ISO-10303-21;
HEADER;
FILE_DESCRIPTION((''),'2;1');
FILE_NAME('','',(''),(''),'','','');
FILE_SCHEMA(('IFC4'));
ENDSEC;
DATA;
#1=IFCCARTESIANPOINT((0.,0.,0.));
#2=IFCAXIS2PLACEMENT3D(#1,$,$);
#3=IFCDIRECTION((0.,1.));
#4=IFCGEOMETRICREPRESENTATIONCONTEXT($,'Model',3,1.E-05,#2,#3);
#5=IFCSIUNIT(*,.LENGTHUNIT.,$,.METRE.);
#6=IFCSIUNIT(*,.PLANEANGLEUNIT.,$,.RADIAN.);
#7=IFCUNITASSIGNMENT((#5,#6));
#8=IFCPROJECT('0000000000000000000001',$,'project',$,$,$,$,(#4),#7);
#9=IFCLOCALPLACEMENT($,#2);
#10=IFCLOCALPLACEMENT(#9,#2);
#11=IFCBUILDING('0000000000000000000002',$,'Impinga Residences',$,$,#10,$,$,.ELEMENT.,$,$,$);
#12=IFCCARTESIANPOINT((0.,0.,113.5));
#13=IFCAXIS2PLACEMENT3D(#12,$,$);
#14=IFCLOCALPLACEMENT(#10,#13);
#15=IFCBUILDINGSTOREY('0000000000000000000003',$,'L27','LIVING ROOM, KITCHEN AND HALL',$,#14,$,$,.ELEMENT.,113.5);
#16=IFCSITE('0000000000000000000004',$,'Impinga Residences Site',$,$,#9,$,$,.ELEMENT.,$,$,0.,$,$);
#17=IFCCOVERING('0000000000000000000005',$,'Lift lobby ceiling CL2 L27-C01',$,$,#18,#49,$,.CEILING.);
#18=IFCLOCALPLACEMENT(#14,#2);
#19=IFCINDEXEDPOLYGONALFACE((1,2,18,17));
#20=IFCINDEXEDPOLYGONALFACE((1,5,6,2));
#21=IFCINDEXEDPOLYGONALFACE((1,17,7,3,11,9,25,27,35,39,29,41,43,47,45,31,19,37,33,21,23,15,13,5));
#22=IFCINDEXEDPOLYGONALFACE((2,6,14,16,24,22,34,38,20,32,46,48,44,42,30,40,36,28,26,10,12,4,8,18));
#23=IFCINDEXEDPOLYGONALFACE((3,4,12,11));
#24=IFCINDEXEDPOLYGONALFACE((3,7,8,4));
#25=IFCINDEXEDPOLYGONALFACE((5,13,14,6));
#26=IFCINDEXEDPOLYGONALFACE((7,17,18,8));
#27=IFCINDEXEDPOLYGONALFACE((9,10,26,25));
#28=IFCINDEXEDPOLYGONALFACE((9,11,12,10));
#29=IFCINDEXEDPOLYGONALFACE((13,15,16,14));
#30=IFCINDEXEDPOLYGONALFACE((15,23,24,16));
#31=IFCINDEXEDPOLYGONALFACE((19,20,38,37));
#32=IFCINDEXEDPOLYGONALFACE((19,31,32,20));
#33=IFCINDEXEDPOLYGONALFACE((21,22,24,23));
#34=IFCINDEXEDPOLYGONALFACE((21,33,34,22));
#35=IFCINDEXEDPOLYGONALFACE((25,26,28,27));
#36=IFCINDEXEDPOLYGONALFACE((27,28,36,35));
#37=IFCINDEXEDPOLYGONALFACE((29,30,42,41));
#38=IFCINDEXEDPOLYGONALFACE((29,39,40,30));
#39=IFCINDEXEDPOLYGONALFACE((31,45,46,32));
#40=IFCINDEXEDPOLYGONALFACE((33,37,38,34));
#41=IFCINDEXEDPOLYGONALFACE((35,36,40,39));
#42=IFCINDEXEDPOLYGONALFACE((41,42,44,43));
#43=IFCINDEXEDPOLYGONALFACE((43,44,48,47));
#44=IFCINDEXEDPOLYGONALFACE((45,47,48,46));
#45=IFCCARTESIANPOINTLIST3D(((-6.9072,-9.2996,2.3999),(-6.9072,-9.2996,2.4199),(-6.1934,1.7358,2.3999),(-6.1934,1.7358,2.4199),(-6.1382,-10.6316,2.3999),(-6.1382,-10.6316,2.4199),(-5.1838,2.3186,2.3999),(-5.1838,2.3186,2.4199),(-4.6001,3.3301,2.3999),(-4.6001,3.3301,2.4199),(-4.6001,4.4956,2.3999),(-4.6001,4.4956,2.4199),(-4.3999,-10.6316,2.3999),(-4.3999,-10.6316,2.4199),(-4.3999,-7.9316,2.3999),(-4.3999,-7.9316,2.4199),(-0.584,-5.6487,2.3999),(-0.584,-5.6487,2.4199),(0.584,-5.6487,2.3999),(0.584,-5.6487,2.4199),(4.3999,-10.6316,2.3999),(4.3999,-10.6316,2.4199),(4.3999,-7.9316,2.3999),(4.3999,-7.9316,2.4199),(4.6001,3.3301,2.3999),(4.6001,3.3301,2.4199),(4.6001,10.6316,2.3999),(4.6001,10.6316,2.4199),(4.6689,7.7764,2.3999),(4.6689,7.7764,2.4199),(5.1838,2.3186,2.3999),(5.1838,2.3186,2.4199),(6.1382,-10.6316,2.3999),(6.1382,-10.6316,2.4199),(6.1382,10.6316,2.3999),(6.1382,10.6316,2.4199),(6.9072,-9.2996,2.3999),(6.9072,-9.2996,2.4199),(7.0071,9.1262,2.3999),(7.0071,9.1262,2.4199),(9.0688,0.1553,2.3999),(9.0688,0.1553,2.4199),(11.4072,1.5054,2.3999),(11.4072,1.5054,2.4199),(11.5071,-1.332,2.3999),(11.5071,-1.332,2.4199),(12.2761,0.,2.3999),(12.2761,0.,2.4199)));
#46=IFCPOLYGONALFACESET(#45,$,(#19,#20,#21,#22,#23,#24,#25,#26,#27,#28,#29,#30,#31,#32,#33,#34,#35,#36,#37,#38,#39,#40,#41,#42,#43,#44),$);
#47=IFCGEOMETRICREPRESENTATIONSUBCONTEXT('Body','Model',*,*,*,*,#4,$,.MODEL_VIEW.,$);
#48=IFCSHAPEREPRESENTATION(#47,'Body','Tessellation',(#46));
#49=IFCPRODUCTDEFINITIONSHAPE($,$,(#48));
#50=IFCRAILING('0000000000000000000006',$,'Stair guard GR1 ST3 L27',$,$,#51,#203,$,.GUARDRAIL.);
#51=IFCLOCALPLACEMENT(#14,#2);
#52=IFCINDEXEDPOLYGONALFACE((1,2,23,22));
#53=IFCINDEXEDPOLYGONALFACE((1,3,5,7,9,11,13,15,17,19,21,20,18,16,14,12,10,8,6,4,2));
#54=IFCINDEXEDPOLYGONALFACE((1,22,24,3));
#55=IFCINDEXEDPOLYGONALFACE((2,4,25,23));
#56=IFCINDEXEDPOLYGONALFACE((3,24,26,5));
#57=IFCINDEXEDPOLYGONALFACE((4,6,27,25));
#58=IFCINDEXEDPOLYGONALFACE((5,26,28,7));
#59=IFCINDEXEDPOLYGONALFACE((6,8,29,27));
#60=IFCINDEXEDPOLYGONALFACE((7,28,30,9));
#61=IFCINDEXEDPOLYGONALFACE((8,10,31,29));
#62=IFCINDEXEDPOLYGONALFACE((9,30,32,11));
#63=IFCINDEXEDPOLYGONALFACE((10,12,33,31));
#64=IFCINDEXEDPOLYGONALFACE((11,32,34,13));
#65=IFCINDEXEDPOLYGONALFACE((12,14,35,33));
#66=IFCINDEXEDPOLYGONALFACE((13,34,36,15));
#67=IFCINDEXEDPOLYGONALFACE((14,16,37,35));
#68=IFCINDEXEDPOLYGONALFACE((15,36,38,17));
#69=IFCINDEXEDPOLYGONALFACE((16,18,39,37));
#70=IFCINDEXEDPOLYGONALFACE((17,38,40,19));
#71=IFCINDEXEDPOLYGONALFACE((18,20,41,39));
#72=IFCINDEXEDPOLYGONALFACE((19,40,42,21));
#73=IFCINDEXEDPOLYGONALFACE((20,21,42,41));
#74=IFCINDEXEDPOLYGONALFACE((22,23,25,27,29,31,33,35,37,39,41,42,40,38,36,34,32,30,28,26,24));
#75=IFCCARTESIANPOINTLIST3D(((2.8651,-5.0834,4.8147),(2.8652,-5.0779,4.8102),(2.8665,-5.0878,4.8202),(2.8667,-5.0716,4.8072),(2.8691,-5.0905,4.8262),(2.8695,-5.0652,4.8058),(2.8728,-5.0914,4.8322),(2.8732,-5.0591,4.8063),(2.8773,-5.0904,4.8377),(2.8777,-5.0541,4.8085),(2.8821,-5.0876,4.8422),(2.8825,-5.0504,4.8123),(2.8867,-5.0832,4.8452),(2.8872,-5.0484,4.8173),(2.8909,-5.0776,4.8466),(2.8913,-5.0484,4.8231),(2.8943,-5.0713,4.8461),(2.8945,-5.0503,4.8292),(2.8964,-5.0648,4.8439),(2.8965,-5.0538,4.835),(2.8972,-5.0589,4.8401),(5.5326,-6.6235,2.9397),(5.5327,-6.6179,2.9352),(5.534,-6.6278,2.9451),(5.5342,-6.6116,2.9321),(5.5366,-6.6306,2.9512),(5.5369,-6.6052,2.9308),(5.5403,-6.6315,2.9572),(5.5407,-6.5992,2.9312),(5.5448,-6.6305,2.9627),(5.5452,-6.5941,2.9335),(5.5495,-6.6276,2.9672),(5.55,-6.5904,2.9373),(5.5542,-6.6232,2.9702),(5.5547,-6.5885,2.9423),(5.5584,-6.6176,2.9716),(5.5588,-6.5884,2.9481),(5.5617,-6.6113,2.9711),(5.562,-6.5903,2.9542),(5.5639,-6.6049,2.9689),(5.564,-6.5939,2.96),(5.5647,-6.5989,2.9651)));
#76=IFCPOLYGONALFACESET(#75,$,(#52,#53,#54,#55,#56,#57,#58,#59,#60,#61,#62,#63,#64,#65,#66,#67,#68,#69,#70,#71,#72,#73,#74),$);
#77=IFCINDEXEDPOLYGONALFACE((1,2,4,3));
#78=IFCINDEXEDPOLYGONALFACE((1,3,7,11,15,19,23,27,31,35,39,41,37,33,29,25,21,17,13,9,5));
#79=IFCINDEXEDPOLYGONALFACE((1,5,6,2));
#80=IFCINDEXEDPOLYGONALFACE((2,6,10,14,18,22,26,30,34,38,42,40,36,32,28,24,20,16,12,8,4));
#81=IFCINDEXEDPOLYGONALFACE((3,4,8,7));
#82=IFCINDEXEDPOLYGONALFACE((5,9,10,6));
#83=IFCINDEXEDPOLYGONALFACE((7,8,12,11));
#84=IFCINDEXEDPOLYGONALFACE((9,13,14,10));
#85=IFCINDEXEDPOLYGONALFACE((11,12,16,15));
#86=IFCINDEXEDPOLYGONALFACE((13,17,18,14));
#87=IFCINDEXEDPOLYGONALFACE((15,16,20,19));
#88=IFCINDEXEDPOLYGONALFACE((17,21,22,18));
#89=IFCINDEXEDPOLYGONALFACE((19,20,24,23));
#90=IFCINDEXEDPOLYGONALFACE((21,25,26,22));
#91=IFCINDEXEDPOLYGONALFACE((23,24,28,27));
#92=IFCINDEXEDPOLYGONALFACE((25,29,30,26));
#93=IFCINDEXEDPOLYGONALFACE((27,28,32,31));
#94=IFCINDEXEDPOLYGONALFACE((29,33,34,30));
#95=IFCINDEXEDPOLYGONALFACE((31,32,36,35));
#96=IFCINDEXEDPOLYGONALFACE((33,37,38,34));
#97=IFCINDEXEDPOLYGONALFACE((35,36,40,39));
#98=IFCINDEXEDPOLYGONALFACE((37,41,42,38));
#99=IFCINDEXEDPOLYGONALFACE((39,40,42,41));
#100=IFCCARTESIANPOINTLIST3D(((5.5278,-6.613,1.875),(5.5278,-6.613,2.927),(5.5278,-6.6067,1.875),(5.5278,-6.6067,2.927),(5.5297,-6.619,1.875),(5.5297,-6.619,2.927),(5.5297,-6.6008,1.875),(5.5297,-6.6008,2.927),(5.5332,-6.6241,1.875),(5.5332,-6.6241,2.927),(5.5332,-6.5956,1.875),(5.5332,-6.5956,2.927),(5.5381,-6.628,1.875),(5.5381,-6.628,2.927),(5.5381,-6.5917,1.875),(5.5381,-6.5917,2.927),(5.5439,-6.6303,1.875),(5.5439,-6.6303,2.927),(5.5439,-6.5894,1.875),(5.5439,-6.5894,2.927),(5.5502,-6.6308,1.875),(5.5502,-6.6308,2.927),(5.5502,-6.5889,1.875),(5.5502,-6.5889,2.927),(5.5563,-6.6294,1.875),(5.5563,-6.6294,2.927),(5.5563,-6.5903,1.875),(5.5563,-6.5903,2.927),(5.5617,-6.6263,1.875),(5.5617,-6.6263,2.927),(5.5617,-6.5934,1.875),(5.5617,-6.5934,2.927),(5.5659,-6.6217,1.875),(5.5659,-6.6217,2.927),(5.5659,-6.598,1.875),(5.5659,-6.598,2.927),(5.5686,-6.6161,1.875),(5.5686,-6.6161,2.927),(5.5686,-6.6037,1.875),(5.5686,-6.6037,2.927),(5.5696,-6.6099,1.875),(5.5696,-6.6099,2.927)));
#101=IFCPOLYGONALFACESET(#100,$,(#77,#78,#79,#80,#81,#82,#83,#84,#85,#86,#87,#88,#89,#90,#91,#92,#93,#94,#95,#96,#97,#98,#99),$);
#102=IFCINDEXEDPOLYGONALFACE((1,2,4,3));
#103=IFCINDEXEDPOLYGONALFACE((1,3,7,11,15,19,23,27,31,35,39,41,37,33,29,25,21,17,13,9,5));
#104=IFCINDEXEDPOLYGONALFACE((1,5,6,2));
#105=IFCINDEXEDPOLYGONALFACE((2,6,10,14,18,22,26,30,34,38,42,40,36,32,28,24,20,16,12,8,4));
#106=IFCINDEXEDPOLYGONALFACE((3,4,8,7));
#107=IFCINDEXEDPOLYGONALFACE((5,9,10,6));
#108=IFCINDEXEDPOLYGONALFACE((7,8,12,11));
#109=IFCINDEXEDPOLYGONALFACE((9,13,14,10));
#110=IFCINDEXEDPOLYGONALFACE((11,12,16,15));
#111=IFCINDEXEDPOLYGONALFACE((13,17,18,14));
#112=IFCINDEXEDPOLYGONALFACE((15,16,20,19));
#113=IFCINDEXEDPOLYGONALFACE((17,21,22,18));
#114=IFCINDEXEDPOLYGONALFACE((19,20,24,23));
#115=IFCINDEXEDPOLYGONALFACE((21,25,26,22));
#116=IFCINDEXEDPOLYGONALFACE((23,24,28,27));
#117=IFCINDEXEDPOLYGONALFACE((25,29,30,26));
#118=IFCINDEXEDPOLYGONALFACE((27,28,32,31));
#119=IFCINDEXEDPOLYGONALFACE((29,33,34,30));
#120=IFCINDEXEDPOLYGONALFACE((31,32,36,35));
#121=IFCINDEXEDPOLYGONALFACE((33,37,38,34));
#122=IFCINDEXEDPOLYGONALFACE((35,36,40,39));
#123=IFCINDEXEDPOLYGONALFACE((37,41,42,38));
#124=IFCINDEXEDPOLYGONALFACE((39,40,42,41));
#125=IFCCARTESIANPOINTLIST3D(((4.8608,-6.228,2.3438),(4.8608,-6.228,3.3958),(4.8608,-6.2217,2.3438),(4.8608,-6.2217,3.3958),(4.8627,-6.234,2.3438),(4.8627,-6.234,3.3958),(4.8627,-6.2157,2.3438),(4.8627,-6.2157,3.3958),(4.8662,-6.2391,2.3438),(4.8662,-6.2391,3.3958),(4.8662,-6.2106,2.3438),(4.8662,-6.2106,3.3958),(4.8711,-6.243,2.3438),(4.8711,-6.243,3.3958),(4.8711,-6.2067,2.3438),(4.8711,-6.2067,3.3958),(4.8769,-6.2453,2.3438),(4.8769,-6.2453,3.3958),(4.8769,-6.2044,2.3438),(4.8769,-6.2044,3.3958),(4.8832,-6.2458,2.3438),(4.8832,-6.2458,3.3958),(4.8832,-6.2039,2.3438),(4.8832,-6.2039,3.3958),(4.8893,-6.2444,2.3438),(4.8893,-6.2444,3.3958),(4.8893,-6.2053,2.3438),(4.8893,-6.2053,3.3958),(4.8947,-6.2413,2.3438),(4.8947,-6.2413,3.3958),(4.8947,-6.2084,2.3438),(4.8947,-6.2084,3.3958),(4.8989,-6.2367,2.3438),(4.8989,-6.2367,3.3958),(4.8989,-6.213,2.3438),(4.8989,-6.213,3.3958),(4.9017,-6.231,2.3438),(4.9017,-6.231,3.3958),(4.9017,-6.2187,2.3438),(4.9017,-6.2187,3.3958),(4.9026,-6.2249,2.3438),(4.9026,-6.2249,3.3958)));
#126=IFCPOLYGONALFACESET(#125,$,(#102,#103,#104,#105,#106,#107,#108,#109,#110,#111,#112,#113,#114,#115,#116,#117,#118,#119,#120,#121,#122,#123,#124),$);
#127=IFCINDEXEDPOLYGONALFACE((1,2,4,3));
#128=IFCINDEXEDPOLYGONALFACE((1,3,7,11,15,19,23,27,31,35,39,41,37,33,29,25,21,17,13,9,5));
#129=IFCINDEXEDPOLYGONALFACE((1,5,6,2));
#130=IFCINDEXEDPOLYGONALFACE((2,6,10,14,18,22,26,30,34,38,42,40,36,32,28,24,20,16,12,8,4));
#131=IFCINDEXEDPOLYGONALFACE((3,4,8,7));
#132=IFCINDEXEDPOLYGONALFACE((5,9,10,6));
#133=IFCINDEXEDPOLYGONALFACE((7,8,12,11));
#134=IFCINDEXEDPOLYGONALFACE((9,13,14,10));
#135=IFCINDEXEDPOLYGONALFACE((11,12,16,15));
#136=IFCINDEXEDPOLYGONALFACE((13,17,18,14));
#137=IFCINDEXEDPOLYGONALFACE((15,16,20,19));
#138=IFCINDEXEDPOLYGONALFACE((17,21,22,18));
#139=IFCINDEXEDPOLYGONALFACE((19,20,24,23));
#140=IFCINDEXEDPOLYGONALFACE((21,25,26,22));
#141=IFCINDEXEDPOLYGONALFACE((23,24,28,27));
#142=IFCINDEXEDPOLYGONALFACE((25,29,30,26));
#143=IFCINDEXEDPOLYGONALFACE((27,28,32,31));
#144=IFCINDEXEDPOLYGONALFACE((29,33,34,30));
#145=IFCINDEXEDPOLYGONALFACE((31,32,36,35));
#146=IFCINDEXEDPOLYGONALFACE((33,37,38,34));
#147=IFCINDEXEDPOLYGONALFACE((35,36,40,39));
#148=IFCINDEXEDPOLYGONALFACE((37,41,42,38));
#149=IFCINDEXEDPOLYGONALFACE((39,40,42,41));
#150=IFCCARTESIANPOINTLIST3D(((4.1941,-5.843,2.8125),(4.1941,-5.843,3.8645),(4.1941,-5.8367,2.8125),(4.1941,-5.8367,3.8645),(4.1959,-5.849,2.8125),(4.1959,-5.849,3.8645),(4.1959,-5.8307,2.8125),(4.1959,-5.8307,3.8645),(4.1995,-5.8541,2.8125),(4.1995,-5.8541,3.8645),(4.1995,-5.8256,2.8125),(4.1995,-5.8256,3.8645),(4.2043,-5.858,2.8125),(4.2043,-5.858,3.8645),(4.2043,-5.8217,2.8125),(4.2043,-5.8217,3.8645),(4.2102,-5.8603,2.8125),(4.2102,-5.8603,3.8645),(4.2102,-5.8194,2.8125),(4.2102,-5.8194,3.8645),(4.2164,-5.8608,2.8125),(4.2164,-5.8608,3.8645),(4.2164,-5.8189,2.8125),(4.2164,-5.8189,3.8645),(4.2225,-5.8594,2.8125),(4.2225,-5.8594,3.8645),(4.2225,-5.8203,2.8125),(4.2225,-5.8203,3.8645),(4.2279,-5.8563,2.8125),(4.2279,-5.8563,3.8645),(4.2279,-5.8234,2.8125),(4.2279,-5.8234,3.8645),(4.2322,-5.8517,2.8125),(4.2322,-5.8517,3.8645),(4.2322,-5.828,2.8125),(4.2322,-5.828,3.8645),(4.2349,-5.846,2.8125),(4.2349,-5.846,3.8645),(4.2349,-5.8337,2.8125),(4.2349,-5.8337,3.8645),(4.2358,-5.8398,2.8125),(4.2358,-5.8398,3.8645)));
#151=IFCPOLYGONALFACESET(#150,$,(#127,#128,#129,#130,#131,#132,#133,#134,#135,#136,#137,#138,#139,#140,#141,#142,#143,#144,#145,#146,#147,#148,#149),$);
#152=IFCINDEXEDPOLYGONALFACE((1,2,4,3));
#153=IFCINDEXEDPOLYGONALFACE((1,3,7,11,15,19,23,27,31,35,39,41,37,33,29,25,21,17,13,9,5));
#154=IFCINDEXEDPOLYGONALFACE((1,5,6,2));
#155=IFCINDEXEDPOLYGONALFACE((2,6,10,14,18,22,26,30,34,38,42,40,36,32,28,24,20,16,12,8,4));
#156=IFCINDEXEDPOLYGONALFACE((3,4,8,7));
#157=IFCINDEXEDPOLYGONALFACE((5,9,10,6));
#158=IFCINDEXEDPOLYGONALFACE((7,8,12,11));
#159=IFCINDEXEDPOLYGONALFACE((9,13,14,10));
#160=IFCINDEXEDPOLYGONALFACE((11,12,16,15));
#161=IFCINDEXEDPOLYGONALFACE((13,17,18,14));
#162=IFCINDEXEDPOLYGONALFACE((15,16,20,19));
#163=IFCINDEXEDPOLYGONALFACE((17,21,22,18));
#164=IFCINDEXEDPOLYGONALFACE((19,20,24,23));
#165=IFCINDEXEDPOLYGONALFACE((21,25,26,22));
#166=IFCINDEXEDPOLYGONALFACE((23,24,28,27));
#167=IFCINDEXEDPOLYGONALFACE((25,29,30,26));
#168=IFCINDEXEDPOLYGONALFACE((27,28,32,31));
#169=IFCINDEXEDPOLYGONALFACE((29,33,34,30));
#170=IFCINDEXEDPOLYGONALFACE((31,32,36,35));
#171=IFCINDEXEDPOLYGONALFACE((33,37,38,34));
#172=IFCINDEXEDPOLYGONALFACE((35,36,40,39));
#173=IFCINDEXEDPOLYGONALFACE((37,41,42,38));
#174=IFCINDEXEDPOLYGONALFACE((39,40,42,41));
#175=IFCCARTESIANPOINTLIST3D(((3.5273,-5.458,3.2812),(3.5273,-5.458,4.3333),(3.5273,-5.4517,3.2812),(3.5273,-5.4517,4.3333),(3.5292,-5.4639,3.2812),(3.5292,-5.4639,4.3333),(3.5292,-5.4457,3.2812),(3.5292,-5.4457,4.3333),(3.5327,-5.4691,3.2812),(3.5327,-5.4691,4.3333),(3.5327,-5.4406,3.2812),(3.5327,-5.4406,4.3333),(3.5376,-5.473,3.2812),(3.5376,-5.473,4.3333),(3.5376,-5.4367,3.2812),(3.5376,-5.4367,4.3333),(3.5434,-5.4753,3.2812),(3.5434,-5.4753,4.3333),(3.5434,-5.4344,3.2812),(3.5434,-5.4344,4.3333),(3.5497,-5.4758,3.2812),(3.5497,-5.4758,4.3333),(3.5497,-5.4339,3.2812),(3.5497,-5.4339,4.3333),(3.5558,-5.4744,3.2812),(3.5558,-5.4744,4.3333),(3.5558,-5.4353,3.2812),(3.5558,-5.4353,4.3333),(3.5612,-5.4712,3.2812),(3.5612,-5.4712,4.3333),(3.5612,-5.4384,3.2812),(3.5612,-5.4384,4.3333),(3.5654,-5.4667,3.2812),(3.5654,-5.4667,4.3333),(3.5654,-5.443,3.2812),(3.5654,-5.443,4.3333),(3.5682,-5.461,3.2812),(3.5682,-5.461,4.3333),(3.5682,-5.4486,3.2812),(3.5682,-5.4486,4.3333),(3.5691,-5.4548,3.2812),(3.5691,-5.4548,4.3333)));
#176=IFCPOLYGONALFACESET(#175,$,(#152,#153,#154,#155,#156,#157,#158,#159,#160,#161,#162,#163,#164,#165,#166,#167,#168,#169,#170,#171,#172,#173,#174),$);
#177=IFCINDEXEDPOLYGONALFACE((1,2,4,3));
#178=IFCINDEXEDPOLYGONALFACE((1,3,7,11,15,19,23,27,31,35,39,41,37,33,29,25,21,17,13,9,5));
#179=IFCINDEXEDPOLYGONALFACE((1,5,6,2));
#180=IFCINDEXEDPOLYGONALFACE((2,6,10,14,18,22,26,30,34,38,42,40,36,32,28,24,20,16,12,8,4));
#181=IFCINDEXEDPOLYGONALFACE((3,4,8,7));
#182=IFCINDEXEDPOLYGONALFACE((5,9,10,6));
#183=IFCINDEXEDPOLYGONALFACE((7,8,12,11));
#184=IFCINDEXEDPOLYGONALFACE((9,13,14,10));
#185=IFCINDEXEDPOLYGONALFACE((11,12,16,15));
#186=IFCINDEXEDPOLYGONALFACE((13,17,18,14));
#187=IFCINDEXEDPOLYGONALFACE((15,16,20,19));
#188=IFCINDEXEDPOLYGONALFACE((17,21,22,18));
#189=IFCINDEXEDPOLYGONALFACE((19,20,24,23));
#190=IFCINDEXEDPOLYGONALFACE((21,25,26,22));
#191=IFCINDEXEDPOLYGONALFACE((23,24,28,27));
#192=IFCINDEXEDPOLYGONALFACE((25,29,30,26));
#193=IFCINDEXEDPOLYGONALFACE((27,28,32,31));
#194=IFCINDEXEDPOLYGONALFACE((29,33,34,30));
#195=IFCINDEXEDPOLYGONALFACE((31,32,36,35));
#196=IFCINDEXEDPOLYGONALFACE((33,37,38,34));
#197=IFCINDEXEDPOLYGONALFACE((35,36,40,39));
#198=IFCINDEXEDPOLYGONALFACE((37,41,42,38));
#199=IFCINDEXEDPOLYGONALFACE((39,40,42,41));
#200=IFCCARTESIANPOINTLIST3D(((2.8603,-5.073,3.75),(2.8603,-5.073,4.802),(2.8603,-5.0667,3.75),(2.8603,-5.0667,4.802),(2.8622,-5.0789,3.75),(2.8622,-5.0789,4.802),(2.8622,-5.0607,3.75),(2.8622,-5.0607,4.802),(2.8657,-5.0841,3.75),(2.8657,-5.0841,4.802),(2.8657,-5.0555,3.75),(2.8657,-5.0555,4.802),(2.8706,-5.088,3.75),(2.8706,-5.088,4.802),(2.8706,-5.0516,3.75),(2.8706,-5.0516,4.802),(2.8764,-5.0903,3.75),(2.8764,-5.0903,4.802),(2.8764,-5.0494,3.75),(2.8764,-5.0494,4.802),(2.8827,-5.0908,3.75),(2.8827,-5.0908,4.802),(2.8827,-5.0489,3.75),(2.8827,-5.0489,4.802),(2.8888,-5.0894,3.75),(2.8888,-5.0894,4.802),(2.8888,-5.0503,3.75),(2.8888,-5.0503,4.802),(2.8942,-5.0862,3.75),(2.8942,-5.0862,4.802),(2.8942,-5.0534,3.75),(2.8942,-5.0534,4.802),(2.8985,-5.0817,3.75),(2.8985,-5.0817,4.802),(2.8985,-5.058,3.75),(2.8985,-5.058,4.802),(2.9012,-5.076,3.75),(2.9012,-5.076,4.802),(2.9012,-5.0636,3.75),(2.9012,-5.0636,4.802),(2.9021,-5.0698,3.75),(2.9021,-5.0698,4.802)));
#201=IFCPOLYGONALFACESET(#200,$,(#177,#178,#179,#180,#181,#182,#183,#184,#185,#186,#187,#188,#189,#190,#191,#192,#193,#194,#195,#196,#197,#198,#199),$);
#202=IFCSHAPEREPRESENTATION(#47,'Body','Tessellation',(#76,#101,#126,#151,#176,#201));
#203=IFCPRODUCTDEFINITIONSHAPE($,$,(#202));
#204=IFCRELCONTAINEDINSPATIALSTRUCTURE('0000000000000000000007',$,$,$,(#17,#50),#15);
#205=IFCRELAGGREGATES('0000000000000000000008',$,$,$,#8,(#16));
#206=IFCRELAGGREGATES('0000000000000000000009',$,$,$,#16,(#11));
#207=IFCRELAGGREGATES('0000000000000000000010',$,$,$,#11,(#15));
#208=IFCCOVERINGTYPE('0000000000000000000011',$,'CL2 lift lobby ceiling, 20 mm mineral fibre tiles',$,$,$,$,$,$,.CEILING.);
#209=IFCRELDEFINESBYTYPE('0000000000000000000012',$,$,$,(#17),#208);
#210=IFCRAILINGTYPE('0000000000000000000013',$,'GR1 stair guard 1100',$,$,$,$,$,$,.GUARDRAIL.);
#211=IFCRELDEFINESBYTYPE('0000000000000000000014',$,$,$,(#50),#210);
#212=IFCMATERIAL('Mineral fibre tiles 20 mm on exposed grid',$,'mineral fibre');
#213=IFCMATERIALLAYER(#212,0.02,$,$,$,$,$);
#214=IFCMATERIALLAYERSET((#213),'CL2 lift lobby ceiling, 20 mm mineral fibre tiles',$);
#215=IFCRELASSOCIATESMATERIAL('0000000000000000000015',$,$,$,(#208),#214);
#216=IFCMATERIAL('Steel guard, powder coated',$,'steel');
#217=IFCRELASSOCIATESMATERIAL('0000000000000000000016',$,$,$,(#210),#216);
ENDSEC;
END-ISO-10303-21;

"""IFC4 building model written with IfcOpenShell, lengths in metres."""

from ifc_helpers import new_model, si_unit, direction, frame, origin, origin_2d, place, context, subcontext, project, spatial, polyline, circle, outline, extrude, material, layer, layer_set, type_object, element, save


model = new_model("IFC4")

# Units and contexts
model_context = context("Model", 3, precision=1e-05, world=origin(), true_north=direction((0.0, 1.0)))
body_context = subcontext(model_context, "Body", "Model", "MODEL_VIEW")
ifc_project = project(units=[si_unit("LENGTHUNIT", "METRE"), si_unit("PLANEANGLEUNIT", "RADIAN")], contexts=[model_context])

# Site, building, storey
site_placement = place(None, origin())
site = spatial("IfcSite", under=ifc_project, at=site_placement, Name="Impinga Residences Site", CompositionType="ELEMENT", RefElevation=0.0)
building_placement = place(site_placement, origin())
building = spatial("IfcBuilding", under=site, at=building_placement, Name="Impinga Residences", CompositionType="ELEMENT")
storey_placement = place(building_placement, frame((0.0, 0.0, 113.5)))
storey = spatial("IfcBuildingStorey", under=building, at=storey_placement, Name="L27", Description="LIVING ROOM, KITCHEN AND HALL", CompositionType="ELEMENT", Elevation=113.5)

# Covering
ifc_material_1 = material(Name="Mineral fibre tiles 20 mm on exposed grid", Category="mineral fibre")
ifc_layer_1 = layer(ifc_material_1, 0.02)
ifc_layer_set_1 = layer_set([ifc_layer_1], Name="CL2 lift lobby ceiling, 20 mm mineral fibre tiles")
covering_type_1 = type_object("IfcCoveringType", Name="CL2 lift lobby ceiling, 20 mm mineral fibre tiles", PredefinedType="CEILING", material=ifc_layer_set_1)
covering_1_placement = place(storey_placement, frame((0.0, 0.0, 2.3999)))
element("IfcCovering", 1, at=covering_1_placement, inside=storey, type_object=covering_type_1, Name="Lift lobby ceiling CL2 L27-C01", PredefinedType="CEILING", context=body_context, shape_type="SweptSolid", body=[
    extrude(outline(polyline([(5.1838, 2.3186), (0.584, -5.6487), (6.9072, -9.2996), (6.1382, -10.6316), (4.3999, -10.6316), (4.3999, -7.9316), (-4.3999, -7.9316), (-4.3999, -10.6316), (-6.1382, -10.6316), (-6.9072, -9.2996), (-0.584, -5.6487), (-5.1838, 2.3186), (-6.1934, 1.7358), (-4.6001, 4.4956), (-4.6001, 3.3301), (4.6001, 3.3301), (4.6001, 10.6316), (6.1382, 10.6316), (7.0071, 9.1262), (4.6689, 7.7764), (9.0688, 0.1553), (11.4072, 1.5054), (12.2761, 0.0), (11.5071, -1.332), (5.1838, 2.3186)])), origin(), (0.0, 0.0, 1.0), 0.02),
])

# Railing
ifc_material_2 = material(Name="Steel guard, powder coated", Category="steel")
railing_type_1 = type_object("IfcRailingType", Name="GR1 stair guard 1100", PredefinedType="GUARDRAIL", material=ifc_material_2)
railing_1_placement = place(storey_placement, frame((5.5486, -6.6099, 1.875)))
element("IfcRailing", 2, at=railing_1_placement, inside=storey, type_object=railing_type_1, Name="Stair guard GR1 ST3 L27", PredefinedType="GUARDRAIL", context=body_context, shape_type="SweptSolid", body=[
    extrude(circle(Radius=0.0239, at=origin_2d()), frame((0.0, 0.0, 1.0762), z_axis=(-0.739746, 0.427084, 0.519975), x_axis=(-0.499992, -0.86603, 0.0)), (0.0, 0.0, 1.0), 3.606),
    extrude(circle(Radius=0.021, at=origin_2d()), origin(), (0.0, 0.0, 1.0), 1.052),
    extrude(circle(Radius=0.021, at=origin_2d()), frame((-0.667, 0.385, 0.4688)), (0.0, 0.0, 1.0), 1.052),
    extrude(circle(Radius=0.021, at=origin_2d()), frame((-1.3337, 0.77, 0.9375)), (0.0, 0.0, 1.0), 1.052),
    extrude(circle(Radius=0.021, at=origin_2d()), frame((-2.0005, 1.155, 1.4062)), (0.0, 0.0, 1.0), 1.052),
    extrude(circle(Radius=0.021, at=origin_2d()), frame((-2.6675, 1.54, 1.875)), (0.0, 0.0, 1.0), 1.052),
])

save(model, "model.ifc")
